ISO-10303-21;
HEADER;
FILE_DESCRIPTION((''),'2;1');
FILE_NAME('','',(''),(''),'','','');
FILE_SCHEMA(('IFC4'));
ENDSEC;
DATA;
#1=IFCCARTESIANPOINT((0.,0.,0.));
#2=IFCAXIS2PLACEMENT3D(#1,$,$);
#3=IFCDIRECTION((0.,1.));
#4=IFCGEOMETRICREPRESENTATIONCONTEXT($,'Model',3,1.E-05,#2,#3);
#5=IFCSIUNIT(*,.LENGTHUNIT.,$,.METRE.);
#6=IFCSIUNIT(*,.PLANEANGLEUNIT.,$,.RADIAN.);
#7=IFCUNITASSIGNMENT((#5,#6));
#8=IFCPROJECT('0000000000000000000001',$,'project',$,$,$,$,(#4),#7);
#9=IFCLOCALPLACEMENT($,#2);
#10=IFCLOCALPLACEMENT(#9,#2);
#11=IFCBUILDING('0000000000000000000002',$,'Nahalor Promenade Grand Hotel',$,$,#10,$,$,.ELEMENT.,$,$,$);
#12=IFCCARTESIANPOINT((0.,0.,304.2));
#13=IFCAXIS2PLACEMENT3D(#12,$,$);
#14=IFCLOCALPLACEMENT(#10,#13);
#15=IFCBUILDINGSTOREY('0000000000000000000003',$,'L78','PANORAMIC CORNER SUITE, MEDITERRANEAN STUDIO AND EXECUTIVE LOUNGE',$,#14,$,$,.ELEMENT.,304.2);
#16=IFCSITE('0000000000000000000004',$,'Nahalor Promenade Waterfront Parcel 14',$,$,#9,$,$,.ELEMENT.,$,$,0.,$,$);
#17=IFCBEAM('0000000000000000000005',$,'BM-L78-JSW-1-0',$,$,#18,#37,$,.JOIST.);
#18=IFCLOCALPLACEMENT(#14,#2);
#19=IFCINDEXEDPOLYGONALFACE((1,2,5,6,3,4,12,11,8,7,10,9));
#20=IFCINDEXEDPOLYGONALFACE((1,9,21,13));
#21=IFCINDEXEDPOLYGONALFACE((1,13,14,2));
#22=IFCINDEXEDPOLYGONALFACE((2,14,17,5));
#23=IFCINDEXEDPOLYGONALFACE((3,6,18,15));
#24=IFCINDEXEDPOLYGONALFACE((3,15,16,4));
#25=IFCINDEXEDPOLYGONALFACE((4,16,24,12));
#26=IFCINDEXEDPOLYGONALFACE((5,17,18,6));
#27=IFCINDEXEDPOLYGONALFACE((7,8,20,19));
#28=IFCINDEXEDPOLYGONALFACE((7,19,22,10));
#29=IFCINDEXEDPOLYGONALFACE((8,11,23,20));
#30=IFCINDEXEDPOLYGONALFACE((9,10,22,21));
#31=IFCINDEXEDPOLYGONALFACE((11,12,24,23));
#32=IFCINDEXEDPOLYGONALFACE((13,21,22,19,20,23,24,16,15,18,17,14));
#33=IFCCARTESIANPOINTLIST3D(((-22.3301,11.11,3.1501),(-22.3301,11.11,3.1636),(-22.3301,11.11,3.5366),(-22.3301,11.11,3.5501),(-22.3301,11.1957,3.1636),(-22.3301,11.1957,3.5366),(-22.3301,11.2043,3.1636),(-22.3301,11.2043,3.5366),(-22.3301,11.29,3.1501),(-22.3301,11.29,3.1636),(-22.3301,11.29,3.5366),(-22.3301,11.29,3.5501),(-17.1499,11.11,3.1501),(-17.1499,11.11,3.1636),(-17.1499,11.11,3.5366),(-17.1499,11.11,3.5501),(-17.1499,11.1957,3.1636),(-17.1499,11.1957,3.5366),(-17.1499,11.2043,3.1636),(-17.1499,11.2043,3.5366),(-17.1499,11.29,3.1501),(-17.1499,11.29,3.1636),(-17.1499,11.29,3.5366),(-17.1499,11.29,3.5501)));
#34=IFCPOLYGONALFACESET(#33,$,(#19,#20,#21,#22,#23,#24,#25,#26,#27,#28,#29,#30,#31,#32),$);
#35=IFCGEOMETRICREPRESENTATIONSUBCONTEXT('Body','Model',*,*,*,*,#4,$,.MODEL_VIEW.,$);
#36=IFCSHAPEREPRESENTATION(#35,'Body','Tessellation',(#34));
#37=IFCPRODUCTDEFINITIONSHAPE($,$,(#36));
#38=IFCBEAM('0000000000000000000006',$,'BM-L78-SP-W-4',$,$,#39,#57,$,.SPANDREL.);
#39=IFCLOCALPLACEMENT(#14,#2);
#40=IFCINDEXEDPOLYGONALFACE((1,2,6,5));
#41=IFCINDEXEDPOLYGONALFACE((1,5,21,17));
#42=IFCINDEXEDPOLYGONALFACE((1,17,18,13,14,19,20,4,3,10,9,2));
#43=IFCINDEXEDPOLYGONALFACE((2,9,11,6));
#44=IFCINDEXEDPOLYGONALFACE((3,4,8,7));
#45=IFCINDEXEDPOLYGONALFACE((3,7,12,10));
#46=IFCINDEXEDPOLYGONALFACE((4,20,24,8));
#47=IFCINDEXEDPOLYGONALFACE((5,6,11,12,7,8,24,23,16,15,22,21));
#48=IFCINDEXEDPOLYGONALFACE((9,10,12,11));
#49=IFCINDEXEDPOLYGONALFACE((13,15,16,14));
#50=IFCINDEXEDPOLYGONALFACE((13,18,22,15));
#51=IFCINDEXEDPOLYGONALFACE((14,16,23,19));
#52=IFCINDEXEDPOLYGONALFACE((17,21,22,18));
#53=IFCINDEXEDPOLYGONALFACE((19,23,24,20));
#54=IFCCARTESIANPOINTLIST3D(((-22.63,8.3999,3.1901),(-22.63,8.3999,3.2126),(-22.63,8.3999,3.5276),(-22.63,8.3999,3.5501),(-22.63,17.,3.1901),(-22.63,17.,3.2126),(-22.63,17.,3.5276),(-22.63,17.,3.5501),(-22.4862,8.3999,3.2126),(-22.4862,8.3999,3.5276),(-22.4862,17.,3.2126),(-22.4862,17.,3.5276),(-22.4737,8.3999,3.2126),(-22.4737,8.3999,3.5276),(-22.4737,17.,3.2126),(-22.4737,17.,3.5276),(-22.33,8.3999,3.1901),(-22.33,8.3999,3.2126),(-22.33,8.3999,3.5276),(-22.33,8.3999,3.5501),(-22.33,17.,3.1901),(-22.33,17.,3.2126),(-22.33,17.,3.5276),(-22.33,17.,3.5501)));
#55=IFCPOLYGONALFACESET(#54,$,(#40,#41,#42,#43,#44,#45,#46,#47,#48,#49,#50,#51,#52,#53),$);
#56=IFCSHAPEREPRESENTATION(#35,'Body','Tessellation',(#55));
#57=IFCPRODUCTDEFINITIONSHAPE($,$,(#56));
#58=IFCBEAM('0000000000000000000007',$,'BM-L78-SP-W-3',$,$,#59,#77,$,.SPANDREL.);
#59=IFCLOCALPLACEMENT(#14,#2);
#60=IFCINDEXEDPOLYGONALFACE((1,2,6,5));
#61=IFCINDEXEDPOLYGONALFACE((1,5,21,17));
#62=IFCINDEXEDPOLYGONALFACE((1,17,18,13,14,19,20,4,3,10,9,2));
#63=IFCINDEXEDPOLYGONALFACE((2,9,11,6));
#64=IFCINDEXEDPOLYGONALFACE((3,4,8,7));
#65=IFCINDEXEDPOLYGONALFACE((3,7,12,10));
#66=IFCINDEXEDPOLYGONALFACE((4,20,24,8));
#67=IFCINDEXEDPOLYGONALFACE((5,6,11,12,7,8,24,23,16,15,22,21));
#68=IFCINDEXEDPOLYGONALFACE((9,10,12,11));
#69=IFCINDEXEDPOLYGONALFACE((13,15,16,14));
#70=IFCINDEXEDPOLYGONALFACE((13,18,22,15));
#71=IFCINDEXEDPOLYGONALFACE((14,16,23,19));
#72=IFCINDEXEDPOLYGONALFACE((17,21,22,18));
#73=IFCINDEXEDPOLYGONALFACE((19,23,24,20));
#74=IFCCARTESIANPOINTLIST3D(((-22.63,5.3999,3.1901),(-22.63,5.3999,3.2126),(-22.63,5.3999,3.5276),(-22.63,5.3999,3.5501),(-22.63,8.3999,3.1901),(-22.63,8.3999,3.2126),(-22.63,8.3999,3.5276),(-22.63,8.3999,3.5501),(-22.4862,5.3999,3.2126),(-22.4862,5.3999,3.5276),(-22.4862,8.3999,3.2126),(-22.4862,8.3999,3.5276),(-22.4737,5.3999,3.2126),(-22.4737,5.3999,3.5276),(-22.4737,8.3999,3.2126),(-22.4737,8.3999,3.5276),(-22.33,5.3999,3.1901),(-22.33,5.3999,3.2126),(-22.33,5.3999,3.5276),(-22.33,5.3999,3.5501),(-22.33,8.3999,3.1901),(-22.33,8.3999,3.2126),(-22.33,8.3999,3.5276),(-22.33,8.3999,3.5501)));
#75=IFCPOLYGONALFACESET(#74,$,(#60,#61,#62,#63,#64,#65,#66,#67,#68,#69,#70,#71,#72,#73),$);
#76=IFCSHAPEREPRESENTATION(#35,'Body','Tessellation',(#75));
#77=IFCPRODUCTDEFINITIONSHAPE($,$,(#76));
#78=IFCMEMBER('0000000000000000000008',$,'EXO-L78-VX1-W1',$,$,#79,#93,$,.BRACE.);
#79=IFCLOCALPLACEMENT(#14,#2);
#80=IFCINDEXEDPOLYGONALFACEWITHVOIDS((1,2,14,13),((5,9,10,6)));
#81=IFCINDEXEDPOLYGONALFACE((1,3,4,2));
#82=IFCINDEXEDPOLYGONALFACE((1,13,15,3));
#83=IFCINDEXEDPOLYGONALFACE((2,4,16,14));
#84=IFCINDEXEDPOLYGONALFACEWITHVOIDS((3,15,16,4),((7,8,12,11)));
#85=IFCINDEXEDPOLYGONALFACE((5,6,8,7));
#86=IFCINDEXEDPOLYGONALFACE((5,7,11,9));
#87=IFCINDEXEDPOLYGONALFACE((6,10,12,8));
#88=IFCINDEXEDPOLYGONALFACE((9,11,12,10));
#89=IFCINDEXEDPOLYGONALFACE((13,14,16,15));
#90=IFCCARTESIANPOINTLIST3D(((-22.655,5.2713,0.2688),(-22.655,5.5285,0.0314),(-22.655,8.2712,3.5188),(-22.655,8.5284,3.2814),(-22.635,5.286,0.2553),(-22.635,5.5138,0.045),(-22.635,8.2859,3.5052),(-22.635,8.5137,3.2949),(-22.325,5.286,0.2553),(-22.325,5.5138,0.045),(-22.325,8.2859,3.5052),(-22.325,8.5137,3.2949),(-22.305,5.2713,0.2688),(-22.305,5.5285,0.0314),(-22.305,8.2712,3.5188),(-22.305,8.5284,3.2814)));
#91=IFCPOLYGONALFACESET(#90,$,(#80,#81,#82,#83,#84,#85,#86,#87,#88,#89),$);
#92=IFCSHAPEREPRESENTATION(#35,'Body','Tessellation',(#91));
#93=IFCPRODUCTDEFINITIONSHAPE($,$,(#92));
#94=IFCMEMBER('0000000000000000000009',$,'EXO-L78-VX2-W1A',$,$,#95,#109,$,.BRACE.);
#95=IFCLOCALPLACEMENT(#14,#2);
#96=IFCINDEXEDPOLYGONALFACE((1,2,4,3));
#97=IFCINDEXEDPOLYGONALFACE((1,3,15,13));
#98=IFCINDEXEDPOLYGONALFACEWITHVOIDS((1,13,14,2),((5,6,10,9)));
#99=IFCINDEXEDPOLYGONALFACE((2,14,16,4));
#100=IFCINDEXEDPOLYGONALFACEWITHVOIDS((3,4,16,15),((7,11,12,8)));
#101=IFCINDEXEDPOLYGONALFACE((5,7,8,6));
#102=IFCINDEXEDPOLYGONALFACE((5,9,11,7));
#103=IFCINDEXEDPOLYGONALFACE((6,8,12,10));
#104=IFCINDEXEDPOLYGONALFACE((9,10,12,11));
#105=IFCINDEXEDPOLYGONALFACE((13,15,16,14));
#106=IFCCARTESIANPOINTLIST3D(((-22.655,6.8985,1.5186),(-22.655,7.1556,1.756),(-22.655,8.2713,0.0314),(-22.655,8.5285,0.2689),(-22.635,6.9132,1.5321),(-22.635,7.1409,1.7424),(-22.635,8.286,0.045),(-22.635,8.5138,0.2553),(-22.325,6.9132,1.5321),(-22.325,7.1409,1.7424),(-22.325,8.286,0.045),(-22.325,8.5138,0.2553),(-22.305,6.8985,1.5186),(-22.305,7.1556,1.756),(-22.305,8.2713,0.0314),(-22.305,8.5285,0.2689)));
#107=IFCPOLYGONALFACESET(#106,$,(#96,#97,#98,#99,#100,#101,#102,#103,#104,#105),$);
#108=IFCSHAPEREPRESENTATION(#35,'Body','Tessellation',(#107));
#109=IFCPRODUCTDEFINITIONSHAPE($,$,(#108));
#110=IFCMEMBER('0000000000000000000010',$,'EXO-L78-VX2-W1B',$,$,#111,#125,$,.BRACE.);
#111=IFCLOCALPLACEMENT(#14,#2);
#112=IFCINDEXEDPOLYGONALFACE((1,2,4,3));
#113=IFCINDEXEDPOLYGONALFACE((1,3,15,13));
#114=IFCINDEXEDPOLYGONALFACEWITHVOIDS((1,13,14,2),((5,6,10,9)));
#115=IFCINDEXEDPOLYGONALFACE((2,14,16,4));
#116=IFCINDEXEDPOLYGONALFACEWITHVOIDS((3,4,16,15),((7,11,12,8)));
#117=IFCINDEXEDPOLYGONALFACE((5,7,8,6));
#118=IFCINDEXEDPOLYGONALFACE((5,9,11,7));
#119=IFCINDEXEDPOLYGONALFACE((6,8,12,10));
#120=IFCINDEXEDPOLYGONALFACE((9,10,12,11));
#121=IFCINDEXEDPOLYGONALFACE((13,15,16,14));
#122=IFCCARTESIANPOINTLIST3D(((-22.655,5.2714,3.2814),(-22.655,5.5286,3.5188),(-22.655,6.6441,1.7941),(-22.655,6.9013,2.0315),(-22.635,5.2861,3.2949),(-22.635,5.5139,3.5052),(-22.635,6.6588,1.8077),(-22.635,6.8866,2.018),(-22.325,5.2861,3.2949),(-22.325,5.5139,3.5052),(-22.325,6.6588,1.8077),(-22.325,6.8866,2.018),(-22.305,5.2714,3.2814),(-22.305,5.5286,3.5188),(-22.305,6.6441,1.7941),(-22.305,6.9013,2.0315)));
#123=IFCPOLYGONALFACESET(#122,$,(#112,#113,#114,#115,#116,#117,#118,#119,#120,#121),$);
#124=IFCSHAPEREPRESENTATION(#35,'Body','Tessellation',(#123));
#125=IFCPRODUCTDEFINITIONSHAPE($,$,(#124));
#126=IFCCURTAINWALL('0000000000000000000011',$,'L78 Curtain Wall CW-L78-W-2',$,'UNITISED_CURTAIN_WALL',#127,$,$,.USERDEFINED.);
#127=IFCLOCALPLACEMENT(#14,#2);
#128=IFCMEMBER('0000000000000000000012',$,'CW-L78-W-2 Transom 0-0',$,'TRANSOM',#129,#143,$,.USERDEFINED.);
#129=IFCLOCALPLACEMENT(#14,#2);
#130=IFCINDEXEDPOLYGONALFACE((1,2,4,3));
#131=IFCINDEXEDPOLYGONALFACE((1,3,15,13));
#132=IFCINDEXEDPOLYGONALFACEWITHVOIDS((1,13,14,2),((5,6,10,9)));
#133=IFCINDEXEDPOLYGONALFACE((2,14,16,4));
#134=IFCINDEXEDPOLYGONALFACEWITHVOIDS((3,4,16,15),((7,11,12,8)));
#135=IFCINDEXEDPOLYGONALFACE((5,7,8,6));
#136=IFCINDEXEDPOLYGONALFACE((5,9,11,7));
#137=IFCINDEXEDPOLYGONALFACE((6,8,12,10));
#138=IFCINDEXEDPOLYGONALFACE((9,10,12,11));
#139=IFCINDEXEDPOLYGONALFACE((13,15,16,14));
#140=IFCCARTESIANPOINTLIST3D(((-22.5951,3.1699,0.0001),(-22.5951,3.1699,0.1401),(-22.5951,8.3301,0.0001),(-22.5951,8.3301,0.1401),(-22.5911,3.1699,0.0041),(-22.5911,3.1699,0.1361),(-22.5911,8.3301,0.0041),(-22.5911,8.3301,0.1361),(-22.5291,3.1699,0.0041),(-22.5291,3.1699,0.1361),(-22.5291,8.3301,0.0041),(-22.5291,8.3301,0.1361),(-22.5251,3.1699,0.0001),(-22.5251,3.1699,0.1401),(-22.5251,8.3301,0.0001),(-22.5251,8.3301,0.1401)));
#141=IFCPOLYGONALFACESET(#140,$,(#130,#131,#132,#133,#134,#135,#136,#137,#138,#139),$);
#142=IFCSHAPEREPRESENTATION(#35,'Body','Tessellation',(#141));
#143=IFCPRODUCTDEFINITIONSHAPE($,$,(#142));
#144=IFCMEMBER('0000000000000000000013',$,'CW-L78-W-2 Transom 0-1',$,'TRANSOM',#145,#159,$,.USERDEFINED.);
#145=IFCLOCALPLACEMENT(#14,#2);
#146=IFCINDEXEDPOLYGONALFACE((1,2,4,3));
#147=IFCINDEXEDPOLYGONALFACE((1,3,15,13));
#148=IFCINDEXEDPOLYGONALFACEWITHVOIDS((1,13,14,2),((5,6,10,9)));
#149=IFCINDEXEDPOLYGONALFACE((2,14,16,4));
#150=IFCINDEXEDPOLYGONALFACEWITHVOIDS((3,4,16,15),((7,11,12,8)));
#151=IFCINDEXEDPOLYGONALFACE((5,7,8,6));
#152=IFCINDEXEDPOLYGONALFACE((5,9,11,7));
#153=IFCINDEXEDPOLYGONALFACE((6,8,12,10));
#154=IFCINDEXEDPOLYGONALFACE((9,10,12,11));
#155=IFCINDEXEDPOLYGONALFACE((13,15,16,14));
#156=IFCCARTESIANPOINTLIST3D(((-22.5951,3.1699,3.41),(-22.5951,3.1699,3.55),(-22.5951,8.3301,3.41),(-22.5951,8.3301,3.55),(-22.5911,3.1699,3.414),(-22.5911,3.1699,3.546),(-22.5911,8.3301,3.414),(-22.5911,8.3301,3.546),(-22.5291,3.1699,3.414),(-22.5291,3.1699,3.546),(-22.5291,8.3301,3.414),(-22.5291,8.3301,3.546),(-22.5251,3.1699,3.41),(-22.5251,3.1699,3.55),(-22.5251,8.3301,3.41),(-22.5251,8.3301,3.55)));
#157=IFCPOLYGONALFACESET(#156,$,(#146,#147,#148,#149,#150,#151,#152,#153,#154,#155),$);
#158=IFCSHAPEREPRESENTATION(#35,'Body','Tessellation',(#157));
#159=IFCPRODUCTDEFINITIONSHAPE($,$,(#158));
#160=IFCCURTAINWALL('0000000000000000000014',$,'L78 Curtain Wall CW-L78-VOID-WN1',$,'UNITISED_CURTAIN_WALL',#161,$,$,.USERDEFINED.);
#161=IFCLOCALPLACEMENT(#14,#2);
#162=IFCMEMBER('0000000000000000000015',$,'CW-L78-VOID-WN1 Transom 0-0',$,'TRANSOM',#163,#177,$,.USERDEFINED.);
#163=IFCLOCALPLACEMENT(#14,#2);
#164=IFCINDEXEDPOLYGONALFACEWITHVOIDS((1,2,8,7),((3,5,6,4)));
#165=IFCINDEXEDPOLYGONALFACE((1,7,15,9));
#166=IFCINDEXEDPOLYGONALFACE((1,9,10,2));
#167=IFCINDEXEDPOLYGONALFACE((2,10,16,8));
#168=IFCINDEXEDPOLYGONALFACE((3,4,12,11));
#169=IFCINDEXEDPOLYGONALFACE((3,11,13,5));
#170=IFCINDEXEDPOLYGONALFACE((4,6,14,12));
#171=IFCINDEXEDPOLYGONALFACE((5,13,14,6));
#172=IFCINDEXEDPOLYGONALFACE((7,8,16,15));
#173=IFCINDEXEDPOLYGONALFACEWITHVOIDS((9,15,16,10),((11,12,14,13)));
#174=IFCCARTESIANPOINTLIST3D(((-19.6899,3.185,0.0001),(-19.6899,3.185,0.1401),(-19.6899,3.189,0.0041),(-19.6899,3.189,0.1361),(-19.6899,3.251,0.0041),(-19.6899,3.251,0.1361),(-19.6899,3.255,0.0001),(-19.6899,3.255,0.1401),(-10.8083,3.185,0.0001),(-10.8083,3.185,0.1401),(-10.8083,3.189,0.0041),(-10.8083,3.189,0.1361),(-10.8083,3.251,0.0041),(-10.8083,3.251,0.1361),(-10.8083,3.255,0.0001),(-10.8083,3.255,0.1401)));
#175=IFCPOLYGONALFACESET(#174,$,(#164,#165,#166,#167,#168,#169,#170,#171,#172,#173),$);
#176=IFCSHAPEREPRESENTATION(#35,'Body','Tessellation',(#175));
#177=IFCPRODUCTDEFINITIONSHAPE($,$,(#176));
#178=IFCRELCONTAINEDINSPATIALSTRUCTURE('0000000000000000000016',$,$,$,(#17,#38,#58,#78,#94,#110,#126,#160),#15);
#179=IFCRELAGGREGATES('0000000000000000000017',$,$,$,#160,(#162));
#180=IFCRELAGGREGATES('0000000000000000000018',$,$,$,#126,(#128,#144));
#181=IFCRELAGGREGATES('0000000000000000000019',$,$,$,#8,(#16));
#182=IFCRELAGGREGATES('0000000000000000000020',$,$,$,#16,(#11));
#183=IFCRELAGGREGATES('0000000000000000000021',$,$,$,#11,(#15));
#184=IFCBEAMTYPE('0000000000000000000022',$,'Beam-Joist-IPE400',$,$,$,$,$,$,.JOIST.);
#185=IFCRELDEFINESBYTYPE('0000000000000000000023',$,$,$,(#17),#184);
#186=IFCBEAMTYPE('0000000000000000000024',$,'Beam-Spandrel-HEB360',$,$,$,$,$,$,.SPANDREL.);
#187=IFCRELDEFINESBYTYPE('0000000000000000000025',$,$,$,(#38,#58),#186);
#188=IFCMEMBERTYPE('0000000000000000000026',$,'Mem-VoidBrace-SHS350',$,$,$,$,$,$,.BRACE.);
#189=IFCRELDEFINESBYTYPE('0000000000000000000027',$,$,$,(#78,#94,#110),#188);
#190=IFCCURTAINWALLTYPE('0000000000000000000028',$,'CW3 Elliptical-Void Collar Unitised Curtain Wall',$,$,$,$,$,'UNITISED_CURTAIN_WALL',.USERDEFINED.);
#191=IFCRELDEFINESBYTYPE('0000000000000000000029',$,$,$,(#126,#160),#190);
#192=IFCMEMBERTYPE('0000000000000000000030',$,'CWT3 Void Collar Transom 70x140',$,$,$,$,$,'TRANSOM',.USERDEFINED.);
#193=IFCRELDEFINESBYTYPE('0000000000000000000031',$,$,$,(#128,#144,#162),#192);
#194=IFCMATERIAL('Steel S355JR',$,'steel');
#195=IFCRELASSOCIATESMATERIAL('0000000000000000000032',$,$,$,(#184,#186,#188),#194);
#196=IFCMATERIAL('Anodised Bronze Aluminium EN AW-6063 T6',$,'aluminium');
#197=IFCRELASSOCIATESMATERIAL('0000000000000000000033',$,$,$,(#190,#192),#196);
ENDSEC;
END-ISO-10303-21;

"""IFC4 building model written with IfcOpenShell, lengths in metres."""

from ifc_helpers import new_model, si_unit, direction, frame, origin, origin_2d, place, context, subcontext, project, spatial, hollow_rectangle, i_section, extrude, source, transform, mapped, material, material_profile, profile_set, type_object, element, aggregate, save


model = new_model("IFC4")

# Units and contexts
model_context = context("Model", 3, precision=1e-05, world=origin(), true_north=direction((0.0, 1.0)))
body_context = subcontext(model_context, "Body", "Model", "MODEL_VIEW")
ifc_project = project(units=[si_unit("LENGTHUNIT", "METRE"), si_unit("PLANEANGLEUNIT", "RADIAN")], contexts=[model_context])

# Site, building, storey
site_placement = place(None, origin())
site = spatial("IfcSite", under=ifc_project, at=site_placement, Name="Nahalor Promenade Waterfront Parcel 14", CompositionType="ELEMENT", RefElevation=0.0)
building_placement = place(site_placement, origin())
building = spatial("IfcBuilding", under=site, at=building_placement, Name="Nahalor Promenade Grand Hotel", CompositionType="ELEMENT")
storey_placement = place(building_placement, frame((0.0, 0.0, 304.2)))
storey = spatial("IfcBuildingStorey", under=building, at=storey_placement, Name="L78", Description="PANORAMIC CORNER SUITE, MEDITERRANEAN STUDIO AND EXECUTIVE LOUNGE", CompositionType="ELEMENT", Elevation=304.2)

# Shared definitions
ifc_material_1 = material(Name="Steel S355JR", Category="steel")

# Beams
ifc_material_profile_1 = material_profile(ifc_material_1, i_section(OverallWidth=0.18, OverallDepth=0.4, WebThickness=0.0086, FlangeThickness=0.0135, at=origin_2d()), Name="IPE 400")
ifc_profile_set_1 = profile_set([ifc_material_profile_1], Name="Steel S355JR")
beam_type_1 = type_object("IfcBeamType", Name="Beam-Joist-IPE400", PredefinedType="JOIST", material=ifc_profile_set_1)
shared_shape_1 = source(origin(), body_context, "Body", "SweptSolid", [
    extrude(i_section(OverallWidth=0.18, OverallDepth=0.4, WebThickness=0.0086, FlangeThickness=0.0135, at=origin_2d()), origin(), (0.0, 0.0, 1.0), 5.1802),
])
beam_1_placement = place(storey_placement, frame((-22.3301, 11.2, 3.3501), z_axis=(1.0, 0.0, 0.0), x_axis=(0.0, 1.0, 0.0)))
element("IfcBeam", 1, at=beam_1_placement, inside=storey, type_object=beam_type_1, Name="BM-L78-JSW-1-0", PredefinedType="JOIST", context=body_context, shape_type="MappedRepresentation", body=[
    mapped(shared_shape_1, transform((0.0, 0.0, 0.0), scale=1.0)),
])
ifc_material_profile_2 = material_profile(ifc_material_1, i_section(OverallWidth=0.3, OverallDepth=0.36, WebThickness=0.0125, FlangeThickness=0.0225, at=origin_2d()), Name="HEB 360")
ifc_profile_set_2 = profile_set([ifc_material_profile_2], Name="Steel S355JR")
beam_type_2 = type_object("IfcBeamType", Name="Beam-Spandrel-HEB360", PredefinedType="SPANDREL", material=ifc_profile_set_2)
shared_shape_2 = source(origin(), body_context, "Body", "SweptSolid", [
    extrude(i_section(OverallWidth=0.3, OverallDepth=0.36, WebThickness=0.0125, FlangeThickness=0.0225, at=origin_2d()), origin(), (0.0, 0.0, 1.0), 8.6001),
])
beam_2_placement = place(storey_placement, frame((-22.48, 8.3999, 3.3701), z_axis=(0.0, 1.0, 0.0), x_axis=(-1.0, 0.0, 0.0)))
element("IfcBeam", 2, at=beam_2_placement, inside=storey, type_object=beam_type_2, Name="BM-L78-SP-W-4", PredefinedType="SPANDREL", context=body_context, shape_type="MappedRepresentation", body=[
    mapped(shared_shape_2, transform((0.0, 0.0, 0.0), scale=1.0)),
])
shared_shape_3 = source(origin(), body_context, "Body", "SweptSolid", [
    extrude(i_section(OverallWidth=0.3, OverallDepth=0.36, WebThickness=0.0125, FlangeThickness=0.0225, at=origin_2d()), origin(), (0.0, 0.0, 1.0), 3.0),
])
beam_3_placement = place(storey_placement, frame((-22.48, 5.3999, 3.3701), z_axis=(0.0, 1.0, 0.0), x_axis=(-1.0, 0.0, 0.0)))
element("IfcBeam", 3, at=beam_3_placement, inside=storey, type_object=beam_type_2, Name="BM-L78-SP-W-3", PredefinedType="SPANDREL", context=body_context, shape_type="MappedRepresentation", body=[
    mapped(shared_shape_3, transform((0.0, 0.0, 0.0), scale=1.0)),
])

# Members
ifc_material_profile_3 = material_profile(ifc_material_1, hollow_rectangle(XDim=0.35, YDim=0.35, WallThickness=0.02, at=origin_2d()), Name="SHS 350x350x20")
ifc_profile_set_3 = profile_set([ifc_material_profile_3], Name="Steel S355JR")
member_type_1 = type_object("IfcMemberType", Name="Mem-VoidBrace-SHS350", PredefinedType="BRACE", material=ifc_profile_set_3)
shared_shape_4 = source(origin(), body_context, "Body", "SweptSolid", [
    extrude(hollow_rectangle(XDim=0.35, YDim=0.35, WallThickness=0.02, at=origin_2d()), origin(), (0.0, 0.0, 1.0), 4.4229),
])
member_1_placement = place(storey_placement, frame((-22.48, 5.3999, 0.1501), z_axis=(0.0, 0.67828, 0.734803), x_axis=(-1.0, 0.0, 0.0)))
element("IfcMember", 4, at=member_1_placement, inside=storey, type_object=member_type_1, Name="EXO-L78-VX1-W1", PredefinedType="BRACE", context=body_context, shape_type="MappedRepresentation", body=[
    mapped(shared_shape_4, transform((0.0, 0.0, 0.0), scale=1.0)),
])
shared_shape_5 = source(origin(), body_context, "Body", "SweptSolid", [
    extrude(hollow_rectangle(XDim=0.35, YDim=0.35, WallThickness=0.02, at=origin_2d()), origin(), (0.0, 0.0, 1.0), 2.0239),
])
for number, where, z_axis, x_axis, name in (
    (5, (-22.48, 8.3999, 0.1501), (0.0, -0.678315, 0.734771), (1.0, 0.0, 0.0), "EXO-L78-VX2-W1A"),
    (6, (-22.48, 6.7727, 1.9128), (0.0, -0.678255, 0.734827), (1.0, 0.0, 0.0), "EXO-L78-VX2-W1B"),
):
    element("IfcMember", number, at=place(storey_placement, frame(where, z_axis=z_axis, x_axis=x_axis)), inside=storey, type_object=member_type_1, Name=name, PredefinedType="BRACE", context=body_context, shape_type="MappedRepresentation", body=[
        mapped(shared_shape_5, transform((0.0, 0.0, 0.0), scale=1.0)),
    ])

# Curtain walls, members
ifc_material_2 = material(Name="Anodised Bronze Aluminium EN AW-6063 T6", Category="aluminium")
curtain_wall_type = type_object("IfcCurtainWallType", Name="CW3 Elliptical-Void Collar Unitised Curtain Wall", ElementType="UNITISED_CURTAIN_WALL", PredefinedType="USERDEFINED", material=ifc_material_2)
curtain_wall_1_placement = place(storey_placement, origin())
curtain_wall_1 = element("IfcCurtainWall", 7, at=curtain_wall_1_placement, inside=storey, type_object=curtain_wall_type, Name="L78 Curtain Wall CW-L78-W-2", ObjectType="UNITISED_CURTAIN_WALL", PredefinedType="USERDEFINED")
ifc_material_profile_4 = material_profile(ifc_material_2, hollow_rectangle(XDim=0.07, YDim=0.14, WallThickness=0.004, at=origin_2d()), Name="CWT 70x140x4")
ifc_profile_set_4 = profile_set([ifc_material_profile_4], Name="Anodised Bronze Aluminium EN AW-6063 T6")
member_type_2 = type_object("IfcMemberType", Name="CWT3 Void Collar Transom 70x140", ElementType="TRANSOM", PredefinedType="USERDEFINED", material=ifc_profile_set_4)
shared_shape_6 = source(origin(), body_context, "Body", "SweptSolid", [
    extrude(hollow_rectangle(XDim=0.07, YDim=0.14, WallThickness=0.004, at=origin_2d()), origin(), (0.0, 0.0, 1.0), 5.1602),
])
member_2_placement = place(storey_placement, frame((-22.5601, 3.1699, 0.0701), z_axis=(0.0, 1.0, 0.0), x_axis=(-1.0, 0.0, 0.0)))
member_2 = element("IfcMember", 8, at=member_2_placement, type_object=member_type_2, Name="CW-L78-W-2 Transom 0-0", ObjectType="TRANSOM", PredefinedType="USERDEFINED", context=body_context, shape_type="MappedRepresentation", body=[
    mapped(shared_shape_6, transform((0.0, 0.0, 0.0), scale=1.0)),
])
member_3_placement = place(storey_placement, frame((-22.5601, 3.1699, 3.48), z_axis=(0.0, 1.0, 0.0), x_axis=(-1.0, 0.0, 0.0)))
member_3 = element("IfcMember", 9, at=member_3_placement, type_object=member_type_2, Name="CW-L78-W-2 Transom 0-1", ObjectType="TRANSOM", PredefinedType="USERDEFINED", context=body_context, shape_type="MappedRepresentation", body=[
    mapped(shared_shape_6, transform((0.0, 0.0, 0.0), scale=1.0)),
])
curtain_wall_2_placement = place(storey_placement, origin())
curtain_wall_2 = element("IfcCurtainWall", 10, at=curtain_wall_2_placement, inside=storey, type_object=curtain_wall_type, Name="L78 Curtain Wall CW-L78-VOID-WN1", ObjectType="UNITISED_CURTAIN_WALL", PredefinedType="USERDEFINED")
shared_shape_7 = source(origin(), body_context, "Body", "SweptSolid", [
    extrude(hollow_rectangle(XDim=0.07, YDim=0.14, WallThickness=0.004, at=origin_2d()), origin(), (0.0, 0.0, 1.0), 8.8816),
])
member_4_placement = place(storey_placement, frame((-19.6899, 3.22, 0.0701), z_axis=(1.0, 0.0, 0.0), x_axis=(0.0, 1.0, 0.0)))
member_4 = element("IfcMember", 11, at=member_4_placement, type_object=member_type_2, Name="CW-L78-VOID-WN1 Transom 0-0", ObjectType="TRANSOM", PredefinedType="USERDEFINED", context=body_context, shape_type="MappedRepresentation", body=[
    mapped(shared_shape_7, transform((0.0, 0.0, 0.0), scale=1.0)),
])

aggregate(curtain_wall_2, [member_4])

aggregate(curtain_wall_1, [member_2, member_3])

save(model, "model.ifc")
